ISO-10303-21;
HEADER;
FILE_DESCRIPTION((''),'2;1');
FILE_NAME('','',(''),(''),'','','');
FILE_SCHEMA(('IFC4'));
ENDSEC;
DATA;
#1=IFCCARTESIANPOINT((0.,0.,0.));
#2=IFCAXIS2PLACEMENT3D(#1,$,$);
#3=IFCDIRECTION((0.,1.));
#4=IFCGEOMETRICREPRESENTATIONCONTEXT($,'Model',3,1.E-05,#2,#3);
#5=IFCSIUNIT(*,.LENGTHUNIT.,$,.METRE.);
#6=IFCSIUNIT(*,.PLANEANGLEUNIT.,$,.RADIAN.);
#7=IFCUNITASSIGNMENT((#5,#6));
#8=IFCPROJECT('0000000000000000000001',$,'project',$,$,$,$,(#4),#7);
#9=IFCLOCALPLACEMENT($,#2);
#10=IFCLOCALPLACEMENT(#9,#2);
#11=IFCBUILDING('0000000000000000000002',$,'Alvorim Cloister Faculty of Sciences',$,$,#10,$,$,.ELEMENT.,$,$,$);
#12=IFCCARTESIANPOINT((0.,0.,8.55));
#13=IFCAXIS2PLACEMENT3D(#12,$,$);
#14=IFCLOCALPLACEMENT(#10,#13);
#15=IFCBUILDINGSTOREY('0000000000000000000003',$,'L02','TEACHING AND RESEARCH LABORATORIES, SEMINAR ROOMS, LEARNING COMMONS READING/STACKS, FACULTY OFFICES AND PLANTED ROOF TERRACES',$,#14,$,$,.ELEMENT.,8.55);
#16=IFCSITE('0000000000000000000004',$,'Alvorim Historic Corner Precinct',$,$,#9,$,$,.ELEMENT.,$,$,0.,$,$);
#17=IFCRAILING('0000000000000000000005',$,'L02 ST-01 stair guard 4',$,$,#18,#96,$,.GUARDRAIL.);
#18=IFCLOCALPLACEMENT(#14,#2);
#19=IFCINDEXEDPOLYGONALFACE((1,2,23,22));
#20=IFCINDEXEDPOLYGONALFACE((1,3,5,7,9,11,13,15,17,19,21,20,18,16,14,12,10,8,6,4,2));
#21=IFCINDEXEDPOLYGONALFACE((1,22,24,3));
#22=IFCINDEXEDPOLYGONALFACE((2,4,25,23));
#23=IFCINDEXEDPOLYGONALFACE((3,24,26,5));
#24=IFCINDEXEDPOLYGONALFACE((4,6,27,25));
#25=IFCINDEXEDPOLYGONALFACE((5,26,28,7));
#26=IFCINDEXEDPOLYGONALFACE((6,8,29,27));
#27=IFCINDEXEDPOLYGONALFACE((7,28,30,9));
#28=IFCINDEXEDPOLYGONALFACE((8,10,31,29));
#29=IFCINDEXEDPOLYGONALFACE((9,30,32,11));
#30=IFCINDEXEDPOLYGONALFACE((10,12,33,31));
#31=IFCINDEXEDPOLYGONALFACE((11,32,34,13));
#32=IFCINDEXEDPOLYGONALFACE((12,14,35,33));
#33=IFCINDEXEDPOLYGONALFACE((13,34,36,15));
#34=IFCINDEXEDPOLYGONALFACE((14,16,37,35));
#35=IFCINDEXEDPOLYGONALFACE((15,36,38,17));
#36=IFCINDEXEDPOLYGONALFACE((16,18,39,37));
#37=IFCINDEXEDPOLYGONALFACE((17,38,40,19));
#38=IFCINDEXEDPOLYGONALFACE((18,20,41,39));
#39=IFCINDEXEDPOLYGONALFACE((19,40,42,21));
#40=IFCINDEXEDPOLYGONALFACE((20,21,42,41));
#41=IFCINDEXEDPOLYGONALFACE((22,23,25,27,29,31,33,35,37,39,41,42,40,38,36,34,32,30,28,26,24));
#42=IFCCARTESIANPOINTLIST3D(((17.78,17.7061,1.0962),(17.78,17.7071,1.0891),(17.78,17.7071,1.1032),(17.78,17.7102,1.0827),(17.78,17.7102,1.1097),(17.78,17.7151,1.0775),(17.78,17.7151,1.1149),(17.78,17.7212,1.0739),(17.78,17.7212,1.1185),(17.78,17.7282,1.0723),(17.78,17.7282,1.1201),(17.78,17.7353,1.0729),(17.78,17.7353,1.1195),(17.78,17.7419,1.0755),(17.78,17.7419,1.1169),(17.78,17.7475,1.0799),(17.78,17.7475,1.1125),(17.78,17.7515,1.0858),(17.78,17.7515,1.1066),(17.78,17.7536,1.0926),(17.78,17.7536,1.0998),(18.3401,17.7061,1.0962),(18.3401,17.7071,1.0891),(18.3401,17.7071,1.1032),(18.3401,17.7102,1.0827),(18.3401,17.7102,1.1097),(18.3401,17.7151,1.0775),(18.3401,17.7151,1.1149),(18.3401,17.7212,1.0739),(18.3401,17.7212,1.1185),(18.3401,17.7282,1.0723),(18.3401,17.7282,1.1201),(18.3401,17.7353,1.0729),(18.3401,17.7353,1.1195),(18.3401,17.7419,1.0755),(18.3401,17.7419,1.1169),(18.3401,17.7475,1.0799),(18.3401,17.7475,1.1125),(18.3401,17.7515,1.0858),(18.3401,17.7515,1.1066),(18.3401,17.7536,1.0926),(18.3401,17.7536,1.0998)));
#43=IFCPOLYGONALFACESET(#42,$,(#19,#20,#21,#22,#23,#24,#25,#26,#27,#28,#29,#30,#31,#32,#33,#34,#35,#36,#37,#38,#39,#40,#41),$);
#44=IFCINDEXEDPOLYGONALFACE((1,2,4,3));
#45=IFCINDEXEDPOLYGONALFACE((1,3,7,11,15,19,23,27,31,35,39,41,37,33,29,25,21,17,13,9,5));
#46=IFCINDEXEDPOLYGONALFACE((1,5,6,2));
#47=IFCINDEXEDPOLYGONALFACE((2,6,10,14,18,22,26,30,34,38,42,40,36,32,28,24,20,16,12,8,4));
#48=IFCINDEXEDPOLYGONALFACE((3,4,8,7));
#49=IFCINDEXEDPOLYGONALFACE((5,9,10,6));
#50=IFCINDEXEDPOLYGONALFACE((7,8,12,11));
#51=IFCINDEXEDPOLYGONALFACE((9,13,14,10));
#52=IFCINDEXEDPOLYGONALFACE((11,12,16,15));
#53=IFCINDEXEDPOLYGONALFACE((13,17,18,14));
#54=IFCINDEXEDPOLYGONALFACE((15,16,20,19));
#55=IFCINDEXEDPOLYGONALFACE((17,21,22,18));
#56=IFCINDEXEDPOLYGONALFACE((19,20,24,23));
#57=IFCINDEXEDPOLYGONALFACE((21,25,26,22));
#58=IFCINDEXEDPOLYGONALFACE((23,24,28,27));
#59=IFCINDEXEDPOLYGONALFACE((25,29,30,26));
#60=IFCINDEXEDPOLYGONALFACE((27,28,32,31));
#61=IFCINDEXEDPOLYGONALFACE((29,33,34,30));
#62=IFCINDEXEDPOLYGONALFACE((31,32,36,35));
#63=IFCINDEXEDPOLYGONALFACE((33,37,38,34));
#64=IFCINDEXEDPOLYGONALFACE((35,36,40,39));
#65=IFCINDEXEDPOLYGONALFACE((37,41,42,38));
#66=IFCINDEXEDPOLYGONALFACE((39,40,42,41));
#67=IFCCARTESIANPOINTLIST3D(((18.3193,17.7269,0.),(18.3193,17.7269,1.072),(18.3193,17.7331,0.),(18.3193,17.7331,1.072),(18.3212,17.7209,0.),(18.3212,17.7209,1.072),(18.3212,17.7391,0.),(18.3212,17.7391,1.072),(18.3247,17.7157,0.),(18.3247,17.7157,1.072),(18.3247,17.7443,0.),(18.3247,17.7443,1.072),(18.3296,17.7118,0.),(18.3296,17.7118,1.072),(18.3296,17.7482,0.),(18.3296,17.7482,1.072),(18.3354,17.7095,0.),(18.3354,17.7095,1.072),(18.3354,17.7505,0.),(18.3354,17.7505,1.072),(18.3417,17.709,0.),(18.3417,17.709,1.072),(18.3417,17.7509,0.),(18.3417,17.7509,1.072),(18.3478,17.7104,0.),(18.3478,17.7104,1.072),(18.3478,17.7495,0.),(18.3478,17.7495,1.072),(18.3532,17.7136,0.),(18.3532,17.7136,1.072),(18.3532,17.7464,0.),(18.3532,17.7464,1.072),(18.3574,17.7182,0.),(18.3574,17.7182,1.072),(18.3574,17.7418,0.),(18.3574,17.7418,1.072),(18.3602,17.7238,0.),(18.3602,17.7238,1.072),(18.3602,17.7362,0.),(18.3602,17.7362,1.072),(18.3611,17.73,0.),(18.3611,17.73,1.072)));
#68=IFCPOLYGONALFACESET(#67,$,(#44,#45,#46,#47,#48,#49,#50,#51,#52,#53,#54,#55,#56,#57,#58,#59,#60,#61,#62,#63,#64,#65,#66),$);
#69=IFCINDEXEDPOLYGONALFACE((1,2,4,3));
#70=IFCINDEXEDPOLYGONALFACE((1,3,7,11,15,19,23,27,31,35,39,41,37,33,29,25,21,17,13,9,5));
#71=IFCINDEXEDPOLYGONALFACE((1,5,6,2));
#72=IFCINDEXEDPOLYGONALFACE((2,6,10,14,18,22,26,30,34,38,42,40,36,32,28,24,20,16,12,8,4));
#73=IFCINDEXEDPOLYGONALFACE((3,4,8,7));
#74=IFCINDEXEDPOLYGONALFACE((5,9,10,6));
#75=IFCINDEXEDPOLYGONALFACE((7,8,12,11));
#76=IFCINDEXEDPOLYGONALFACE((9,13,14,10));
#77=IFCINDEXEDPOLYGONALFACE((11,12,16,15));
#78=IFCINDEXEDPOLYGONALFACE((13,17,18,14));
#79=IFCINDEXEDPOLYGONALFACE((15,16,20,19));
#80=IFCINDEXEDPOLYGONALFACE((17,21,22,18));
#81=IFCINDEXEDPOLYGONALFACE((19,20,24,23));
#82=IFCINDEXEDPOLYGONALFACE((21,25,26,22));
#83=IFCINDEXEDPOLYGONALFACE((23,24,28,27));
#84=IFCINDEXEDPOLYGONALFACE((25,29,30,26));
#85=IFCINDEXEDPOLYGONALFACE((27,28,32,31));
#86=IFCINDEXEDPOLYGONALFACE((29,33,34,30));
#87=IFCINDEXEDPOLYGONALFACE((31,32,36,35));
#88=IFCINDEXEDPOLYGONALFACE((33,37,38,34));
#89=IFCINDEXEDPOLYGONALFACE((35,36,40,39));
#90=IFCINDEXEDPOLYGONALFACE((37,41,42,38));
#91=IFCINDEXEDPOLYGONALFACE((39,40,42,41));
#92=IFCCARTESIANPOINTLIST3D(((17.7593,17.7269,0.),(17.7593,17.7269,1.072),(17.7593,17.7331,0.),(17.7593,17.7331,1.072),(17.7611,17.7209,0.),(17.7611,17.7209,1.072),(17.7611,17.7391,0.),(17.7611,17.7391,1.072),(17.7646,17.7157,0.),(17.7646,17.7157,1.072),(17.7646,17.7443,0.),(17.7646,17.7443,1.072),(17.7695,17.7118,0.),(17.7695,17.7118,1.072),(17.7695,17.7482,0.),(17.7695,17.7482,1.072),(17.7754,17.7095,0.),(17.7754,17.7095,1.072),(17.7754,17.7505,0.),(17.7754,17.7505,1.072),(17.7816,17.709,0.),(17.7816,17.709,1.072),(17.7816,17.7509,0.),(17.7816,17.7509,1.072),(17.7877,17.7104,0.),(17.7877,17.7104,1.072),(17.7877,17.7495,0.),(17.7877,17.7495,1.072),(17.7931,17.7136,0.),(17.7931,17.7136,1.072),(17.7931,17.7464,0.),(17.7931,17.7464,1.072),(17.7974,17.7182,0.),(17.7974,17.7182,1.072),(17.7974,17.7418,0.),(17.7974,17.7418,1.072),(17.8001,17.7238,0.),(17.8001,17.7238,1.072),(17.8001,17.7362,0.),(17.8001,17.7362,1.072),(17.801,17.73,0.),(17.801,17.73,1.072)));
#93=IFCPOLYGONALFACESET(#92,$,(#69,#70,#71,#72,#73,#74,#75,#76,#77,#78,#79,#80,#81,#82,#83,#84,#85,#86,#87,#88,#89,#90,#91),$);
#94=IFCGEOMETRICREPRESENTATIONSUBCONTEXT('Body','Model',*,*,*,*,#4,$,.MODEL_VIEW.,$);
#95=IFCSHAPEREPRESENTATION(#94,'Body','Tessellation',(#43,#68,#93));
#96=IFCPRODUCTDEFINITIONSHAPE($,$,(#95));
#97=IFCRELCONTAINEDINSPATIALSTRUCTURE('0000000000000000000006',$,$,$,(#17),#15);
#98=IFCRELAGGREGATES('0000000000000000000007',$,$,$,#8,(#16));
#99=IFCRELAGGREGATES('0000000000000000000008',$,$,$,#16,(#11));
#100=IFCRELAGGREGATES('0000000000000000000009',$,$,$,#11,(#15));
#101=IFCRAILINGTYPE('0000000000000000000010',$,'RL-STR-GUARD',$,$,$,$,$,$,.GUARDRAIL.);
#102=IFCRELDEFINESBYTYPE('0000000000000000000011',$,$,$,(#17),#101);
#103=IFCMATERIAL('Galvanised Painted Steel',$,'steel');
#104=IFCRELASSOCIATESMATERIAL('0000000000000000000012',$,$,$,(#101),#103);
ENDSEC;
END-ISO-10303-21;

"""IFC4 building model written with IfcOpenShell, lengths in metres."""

from ifc_helpers import new_model, si_unit, direction, frame, origin, origin_2d, place, context, subcontext, project, spatial, circle, extrude, material, type_object, element, save


model = new_model("IFC4")

# Units and contexts
model_context = context("Model", 3, precision=1e-05, world=origin(), true_north=direction((0.0, 1.0)))
body_context = subcontext(model_context, "Body", "Model", "MODEL_VIEW")
ifc_project = project(units=[si_unit("LENGTHUNIT", "METRE"), si_unit("PLANEANGLEUNIT", "RADIAN")], contexts=[model_context])

# Site, building, storey
site_placement = place(None, origin())
site = spatial("IfcSite", under=ifc_project, at=site_placement, Name="Alvorim Historic Corner Precinct", CompositionType="ELEMENT", RefElevation=0.0)
building_placement = place(site_placement, origin())
building = spatial("IfcBuilding", under=site, at=building_placement, Name="Alvorim Cloister Faculty of Sciences", CompositionType="ELEMENT")
storey_placement = place(building_placement, frame((0.0, 0.0, 8.55)))
storey = spatial("IfcBuildingStorey", under=building, at=storey_placement, Name="L02", Description="TEACHING AND RESEARCH LABORATORIES, SEMINAR ROOMS, LEARNING COMMONS READING/STACKS, FACULTY OFFICES AND PLANTED ROOF TERRACES", CompositionType="ELEMENT", Elevation=8.55)

# Railing
ifc_material_1 = material(Name="Galvanised Painted Steel", Category="steel")
railing_type_1 = type_object("IfcRailingType", Name="RL-STR-GUARD", PredefinedType="GUARDRAIL", material=ifc_material_1)
railing_1_placement = place(storey_placement, frame((18.3401, 17.73, 0.0)))
element("IfcRailing", 1, at=railing_1_placement, inside=storey, type_object=railing_type_1, Name="L02 ST-01 stair guard 4", PredefinedType="GUARDRAIL", context=body_context, shape_type="SweptSolid", body=[
    extrude(circle(Radius=0.0239, at=origin_2d()), frame((0.0, 0.0, 1.0962), z_axis=(-1.0, 0.0, 0.0), x_axis=(0.0, -1.0, 0.0)), (0.0, 0.0, 1.0), 0.5601),
    extrude(circle(Radius=0.021, at=origin_2d()), origin(), (0.0, 0.0, 1.0), 1.072),
    extrude(circle(Radius=0.021, at=origin_2d()), frame((-0.5601, 0.0, 0.0)), (0.0, 0.0, 1.0), 1.072),
])

save(model, "model.ifc")
